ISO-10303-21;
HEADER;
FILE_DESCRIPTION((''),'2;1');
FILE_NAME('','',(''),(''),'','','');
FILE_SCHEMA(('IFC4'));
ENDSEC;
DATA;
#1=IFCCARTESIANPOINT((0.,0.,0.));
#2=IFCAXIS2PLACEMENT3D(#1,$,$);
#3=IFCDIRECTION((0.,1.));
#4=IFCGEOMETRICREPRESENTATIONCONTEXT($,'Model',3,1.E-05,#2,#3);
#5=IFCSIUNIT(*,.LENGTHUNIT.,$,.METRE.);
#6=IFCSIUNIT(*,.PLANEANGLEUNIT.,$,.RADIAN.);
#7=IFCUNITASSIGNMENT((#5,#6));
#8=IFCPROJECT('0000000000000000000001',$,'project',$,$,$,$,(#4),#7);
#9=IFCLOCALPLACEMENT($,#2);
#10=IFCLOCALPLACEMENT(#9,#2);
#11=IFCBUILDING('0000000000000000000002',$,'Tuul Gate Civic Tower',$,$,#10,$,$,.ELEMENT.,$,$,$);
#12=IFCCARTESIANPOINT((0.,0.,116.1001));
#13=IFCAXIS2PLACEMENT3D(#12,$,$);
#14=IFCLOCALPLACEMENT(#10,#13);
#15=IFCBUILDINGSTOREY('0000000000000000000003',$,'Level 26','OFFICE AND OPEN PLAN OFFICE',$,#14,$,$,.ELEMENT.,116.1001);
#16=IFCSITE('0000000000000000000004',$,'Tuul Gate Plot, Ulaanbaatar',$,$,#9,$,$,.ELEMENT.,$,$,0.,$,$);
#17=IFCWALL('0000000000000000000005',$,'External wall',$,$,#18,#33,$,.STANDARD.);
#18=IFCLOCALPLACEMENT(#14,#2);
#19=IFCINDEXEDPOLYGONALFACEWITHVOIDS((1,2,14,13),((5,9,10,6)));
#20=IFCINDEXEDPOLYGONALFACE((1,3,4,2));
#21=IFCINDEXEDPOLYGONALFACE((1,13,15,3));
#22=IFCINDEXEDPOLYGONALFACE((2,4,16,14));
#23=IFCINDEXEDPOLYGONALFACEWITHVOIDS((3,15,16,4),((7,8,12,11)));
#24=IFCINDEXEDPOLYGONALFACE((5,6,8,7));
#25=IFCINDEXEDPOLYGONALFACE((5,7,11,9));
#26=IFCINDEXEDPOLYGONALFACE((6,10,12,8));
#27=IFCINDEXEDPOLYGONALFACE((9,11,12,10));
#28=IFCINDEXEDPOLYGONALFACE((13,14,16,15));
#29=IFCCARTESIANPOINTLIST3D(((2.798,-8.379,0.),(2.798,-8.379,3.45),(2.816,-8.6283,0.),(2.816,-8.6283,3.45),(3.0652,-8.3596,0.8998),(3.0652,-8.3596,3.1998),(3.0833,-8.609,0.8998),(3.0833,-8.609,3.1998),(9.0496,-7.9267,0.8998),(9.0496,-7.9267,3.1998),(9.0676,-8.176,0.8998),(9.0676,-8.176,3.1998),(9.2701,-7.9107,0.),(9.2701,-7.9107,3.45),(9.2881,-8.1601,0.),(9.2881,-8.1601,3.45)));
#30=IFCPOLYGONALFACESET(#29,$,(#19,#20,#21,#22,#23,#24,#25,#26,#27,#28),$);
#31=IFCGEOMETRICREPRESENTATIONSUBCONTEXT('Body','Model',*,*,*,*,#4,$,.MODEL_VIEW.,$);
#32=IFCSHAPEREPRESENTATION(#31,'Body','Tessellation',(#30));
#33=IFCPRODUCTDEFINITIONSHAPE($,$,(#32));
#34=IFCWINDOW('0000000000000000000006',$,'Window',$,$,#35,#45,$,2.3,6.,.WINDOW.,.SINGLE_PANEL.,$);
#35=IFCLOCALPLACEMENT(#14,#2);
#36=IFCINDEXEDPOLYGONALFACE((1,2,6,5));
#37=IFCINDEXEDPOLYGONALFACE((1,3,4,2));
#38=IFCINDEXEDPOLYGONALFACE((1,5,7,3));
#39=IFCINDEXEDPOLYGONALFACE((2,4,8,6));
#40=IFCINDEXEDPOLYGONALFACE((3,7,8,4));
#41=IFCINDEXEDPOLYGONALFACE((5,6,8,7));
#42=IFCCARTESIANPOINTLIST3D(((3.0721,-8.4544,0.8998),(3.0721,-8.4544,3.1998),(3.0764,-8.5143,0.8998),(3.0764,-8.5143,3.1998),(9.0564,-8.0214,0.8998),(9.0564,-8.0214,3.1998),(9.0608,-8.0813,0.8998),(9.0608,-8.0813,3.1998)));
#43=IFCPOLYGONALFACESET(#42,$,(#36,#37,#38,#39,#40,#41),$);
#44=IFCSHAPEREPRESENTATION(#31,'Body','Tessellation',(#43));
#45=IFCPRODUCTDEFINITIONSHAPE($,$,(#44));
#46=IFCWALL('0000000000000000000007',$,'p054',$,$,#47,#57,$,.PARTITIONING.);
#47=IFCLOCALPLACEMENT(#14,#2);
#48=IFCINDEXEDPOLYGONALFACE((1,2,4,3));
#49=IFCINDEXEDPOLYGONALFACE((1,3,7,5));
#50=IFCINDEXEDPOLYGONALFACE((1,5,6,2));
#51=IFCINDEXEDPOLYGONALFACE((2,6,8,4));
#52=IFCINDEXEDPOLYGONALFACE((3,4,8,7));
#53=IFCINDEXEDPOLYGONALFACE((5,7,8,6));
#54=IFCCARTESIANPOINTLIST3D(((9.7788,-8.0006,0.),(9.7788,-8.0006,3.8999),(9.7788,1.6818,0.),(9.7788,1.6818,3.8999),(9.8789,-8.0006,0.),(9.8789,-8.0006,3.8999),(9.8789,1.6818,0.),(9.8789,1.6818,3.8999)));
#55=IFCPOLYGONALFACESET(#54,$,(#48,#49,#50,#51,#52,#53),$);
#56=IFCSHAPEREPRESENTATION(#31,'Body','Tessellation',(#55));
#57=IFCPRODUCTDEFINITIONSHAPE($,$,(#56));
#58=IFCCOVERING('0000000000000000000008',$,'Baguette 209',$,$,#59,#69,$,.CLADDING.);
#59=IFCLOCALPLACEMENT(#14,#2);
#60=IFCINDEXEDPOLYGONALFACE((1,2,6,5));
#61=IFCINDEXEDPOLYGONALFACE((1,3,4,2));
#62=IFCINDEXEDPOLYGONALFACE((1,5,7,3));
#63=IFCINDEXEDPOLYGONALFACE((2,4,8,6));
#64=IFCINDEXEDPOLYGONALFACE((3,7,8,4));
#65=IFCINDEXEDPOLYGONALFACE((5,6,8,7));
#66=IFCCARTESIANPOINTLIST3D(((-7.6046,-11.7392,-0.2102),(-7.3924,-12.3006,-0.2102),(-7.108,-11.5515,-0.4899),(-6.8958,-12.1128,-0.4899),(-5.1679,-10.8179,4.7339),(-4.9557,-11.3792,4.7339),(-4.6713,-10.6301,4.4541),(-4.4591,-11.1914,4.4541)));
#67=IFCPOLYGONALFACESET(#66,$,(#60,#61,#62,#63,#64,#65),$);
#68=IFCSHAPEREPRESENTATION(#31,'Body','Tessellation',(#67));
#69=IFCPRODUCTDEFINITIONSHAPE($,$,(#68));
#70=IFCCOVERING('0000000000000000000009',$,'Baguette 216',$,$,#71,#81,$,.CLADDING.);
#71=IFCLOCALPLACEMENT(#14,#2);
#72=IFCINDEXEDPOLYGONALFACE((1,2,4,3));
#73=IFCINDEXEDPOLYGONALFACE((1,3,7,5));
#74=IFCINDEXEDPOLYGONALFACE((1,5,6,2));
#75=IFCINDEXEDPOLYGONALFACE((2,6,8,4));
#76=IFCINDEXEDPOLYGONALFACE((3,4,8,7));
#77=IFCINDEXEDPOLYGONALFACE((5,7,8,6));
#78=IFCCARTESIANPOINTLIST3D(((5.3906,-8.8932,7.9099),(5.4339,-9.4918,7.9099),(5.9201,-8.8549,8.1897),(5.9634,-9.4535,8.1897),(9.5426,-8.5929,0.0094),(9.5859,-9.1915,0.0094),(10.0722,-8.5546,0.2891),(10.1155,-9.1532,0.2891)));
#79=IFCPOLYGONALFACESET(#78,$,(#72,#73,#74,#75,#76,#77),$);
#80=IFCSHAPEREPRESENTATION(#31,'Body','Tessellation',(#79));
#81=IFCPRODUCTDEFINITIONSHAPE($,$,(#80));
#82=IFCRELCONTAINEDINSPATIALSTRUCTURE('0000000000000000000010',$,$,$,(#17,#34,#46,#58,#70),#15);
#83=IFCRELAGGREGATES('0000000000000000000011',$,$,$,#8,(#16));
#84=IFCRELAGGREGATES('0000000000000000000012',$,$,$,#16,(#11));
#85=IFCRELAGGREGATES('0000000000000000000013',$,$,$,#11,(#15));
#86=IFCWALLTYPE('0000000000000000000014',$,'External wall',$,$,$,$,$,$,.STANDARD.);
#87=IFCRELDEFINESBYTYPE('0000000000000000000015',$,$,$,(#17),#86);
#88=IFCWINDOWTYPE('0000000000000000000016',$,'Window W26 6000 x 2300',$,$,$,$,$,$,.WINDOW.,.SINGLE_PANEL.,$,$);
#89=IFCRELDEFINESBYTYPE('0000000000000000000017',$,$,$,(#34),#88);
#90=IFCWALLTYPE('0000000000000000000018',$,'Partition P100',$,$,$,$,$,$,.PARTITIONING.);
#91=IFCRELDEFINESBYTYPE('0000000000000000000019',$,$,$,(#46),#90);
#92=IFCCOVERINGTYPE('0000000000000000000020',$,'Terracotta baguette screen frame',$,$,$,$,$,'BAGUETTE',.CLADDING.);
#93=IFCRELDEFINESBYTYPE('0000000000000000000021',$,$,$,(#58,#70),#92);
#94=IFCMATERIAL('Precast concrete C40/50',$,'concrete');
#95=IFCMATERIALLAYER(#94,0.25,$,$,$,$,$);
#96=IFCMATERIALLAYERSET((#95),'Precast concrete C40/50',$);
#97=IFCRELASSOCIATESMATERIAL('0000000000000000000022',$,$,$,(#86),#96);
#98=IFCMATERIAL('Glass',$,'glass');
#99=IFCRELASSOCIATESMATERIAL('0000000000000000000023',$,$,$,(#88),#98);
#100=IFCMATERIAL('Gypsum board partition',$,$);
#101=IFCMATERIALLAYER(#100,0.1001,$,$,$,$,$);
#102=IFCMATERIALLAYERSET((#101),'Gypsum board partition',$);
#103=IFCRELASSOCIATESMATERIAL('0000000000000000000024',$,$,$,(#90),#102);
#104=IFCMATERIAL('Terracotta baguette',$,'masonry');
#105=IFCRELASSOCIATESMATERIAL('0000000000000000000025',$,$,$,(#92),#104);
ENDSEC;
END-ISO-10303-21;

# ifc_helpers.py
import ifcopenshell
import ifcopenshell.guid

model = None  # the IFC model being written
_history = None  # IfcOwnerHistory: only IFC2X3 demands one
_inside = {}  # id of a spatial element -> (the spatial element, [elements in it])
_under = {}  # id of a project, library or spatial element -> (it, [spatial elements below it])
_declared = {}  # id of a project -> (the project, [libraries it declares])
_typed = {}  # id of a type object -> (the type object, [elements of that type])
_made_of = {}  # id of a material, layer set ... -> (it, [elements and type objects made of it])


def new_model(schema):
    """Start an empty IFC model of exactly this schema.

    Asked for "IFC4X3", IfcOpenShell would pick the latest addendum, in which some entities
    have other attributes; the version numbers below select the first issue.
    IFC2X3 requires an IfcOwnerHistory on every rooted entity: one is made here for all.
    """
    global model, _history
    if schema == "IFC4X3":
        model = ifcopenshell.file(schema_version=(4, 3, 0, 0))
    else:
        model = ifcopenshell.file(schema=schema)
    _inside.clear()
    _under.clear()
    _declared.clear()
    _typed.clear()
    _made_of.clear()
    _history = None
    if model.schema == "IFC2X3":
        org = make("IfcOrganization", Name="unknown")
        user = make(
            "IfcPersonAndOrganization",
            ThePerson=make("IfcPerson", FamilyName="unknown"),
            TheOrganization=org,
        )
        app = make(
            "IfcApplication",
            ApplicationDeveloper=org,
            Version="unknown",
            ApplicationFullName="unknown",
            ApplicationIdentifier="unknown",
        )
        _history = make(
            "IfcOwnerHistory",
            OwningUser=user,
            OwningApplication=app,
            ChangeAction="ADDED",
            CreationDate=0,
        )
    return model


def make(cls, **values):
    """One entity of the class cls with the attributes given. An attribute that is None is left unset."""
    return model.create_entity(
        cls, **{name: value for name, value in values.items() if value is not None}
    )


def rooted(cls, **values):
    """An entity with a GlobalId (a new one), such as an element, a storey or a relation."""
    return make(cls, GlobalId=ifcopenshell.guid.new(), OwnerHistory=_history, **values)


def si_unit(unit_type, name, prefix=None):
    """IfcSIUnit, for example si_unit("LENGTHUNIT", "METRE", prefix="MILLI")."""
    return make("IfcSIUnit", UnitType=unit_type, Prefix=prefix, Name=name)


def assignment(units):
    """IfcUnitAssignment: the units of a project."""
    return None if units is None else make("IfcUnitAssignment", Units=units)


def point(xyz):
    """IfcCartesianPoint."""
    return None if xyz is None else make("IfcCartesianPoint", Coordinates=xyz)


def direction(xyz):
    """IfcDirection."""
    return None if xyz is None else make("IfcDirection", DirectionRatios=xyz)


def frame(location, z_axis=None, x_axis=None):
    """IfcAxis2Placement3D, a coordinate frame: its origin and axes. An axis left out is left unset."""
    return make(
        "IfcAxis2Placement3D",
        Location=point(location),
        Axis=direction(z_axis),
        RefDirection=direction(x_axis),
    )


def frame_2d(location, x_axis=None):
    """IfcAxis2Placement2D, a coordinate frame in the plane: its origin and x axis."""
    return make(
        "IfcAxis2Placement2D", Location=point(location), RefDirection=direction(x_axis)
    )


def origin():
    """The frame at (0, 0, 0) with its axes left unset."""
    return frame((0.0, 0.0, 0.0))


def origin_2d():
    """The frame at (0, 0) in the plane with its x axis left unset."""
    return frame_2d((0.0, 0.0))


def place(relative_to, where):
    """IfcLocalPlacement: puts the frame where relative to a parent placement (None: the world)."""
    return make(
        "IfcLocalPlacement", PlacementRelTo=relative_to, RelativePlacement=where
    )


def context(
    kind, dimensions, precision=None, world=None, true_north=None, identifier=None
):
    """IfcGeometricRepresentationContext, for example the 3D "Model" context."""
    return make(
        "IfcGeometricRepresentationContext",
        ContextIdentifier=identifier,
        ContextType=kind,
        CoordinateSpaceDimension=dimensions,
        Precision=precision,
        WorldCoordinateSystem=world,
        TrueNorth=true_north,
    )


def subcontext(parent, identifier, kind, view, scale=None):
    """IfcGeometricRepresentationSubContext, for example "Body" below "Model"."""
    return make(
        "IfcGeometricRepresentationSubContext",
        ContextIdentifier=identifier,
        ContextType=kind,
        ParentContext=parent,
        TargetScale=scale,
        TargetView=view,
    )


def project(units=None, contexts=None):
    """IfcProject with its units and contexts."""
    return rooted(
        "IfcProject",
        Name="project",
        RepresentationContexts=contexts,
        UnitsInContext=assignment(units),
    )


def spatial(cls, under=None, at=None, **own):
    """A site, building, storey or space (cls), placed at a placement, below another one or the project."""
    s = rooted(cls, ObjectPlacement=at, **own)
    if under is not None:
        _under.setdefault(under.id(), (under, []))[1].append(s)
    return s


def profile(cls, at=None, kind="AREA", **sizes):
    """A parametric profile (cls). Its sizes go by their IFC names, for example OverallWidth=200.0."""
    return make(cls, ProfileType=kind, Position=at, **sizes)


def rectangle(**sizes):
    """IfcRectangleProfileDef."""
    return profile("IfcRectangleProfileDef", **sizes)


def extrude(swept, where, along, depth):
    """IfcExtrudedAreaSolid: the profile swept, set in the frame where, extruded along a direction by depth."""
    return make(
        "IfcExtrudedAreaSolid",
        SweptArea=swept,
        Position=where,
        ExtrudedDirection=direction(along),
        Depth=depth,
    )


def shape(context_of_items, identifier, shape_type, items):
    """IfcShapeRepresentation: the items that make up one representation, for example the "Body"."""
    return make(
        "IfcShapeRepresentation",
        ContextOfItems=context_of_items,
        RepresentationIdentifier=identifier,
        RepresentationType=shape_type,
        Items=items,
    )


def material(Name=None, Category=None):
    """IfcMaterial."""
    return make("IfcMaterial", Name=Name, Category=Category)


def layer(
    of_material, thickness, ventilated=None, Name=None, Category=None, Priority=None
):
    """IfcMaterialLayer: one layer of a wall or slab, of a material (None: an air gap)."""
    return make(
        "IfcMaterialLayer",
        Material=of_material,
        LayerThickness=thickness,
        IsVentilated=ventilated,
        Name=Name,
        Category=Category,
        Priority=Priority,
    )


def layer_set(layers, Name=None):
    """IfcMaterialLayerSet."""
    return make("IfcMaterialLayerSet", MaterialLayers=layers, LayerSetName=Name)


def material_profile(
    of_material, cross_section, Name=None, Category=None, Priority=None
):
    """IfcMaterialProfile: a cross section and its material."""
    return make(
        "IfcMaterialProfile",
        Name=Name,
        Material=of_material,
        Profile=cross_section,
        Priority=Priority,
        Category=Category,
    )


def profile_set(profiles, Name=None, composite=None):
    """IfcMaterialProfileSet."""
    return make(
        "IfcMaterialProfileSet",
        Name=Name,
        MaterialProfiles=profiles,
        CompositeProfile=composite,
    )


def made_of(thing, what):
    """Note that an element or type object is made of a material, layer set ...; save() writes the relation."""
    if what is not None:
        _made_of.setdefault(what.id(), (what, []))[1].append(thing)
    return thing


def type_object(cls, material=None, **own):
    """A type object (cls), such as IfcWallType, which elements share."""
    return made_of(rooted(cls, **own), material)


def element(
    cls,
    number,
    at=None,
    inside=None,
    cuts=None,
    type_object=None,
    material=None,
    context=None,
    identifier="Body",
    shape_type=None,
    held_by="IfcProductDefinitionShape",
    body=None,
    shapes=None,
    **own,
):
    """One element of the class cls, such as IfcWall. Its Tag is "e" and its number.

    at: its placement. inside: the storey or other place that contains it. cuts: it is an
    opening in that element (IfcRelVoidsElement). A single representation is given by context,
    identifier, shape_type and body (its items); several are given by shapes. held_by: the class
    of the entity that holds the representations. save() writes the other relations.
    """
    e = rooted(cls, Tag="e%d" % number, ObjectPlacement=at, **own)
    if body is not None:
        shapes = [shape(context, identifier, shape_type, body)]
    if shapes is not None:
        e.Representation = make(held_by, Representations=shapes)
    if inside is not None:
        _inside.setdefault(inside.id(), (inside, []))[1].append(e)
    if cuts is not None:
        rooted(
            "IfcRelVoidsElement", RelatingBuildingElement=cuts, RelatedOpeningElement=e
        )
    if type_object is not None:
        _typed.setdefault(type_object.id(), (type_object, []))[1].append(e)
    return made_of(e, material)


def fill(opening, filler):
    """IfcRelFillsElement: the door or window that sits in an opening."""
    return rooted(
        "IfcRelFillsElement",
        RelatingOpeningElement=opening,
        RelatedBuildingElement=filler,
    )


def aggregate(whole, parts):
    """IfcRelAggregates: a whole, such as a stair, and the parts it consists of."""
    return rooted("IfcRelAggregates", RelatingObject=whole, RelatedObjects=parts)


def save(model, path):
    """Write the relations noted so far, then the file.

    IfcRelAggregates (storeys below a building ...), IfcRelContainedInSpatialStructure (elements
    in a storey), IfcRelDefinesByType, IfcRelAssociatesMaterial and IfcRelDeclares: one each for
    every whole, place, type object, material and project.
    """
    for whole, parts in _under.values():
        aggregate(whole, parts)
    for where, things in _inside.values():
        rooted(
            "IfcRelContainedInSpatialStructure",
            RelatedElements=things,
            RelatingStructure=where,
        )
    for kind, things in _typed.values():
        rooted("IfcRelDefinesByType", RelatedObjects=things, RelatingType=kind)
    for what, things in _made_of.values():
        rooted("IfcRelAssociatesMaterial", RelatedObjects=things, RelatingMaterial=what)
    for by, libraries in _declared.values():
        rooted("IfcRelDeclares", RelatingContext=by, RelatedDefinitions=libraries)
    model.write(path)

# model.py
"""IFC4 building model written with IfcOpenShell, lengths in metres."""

from ifc_helpers import new_model, si_unit, direction, frame, frame_2d, origin, origin_2d, place, context, subcontext, project, spatial, rectangle, extrude, material, layer, layer_set, material_profile, profile_set, type_object, element, fill, save


model = new_model("IFC4")

# Units and contexts
model_context = context("Model", 3, precision=1e-05, world=origin(), true_north=direction((0.0, 1.0)))
body_context = subcontext(model_context, "Body", "Model", "MODEL_VIEW")
ifc_project = project(units=[si_unit("LENGTHUNIT", "METRE"), si_unit("PLANEANGLEUNIT", "RADIAN")], contexts=[model_context])

# Site, building, storey
site_placement = place(None, origin())
site = spatial("IfcSite", under=ifc_project, at=site_placement, Name="Tuul Gate Plot, Ulaanbaatar", CompositionType="ELEMENT", RefElevation=0.0)
building_placement = place(site_placement, origin())
building = spatial("IfcBuilding", under=site, at=building_placement, Name="Tuul Gate Civic Tower", CompositionType="ELEMENT")
storey_placement = place(building_placement, frame((0.0, 0.0, 116.1001)))
storey = spatial("IfcBuildingStorey", under=building, at=storey_placement, Name="Level 26", Description="OFFICE AND OPEN PLAN OFFICE", CompositionType="ELEMENT", Elevation=116.1001)

# Wall, opening, window
ifc_material_1 = material(Name="Precast concrete C40/50", Category="concrete")
ifc_layer_1 = layer(ifc_material_1, 0.25)
ifc_layer_set_1 = layer_set([ifc_layer_1], Name="Precast concrete C40/50")
wall_type_1 = type_object("IfcWallType", Name="External wall", PredefinedType="STANDARD", material=ifc_layer_set_1)
ifc_material_2 = material(Name="Glass", Category="glass")
window_type = type_object("IfcWindowType", Name="Window W26 6000 x 2300", PartitioningType="SINGLE_PANEL", PredefinedType="WINDOW", material=ifc_material_2)
wall_1_placement = place(storey_placement, frame((2.8069, -8.5037, 0.0), z_axis=(0.0, 0.0, 1.0), x_axis=(0.997393, 0.072161, 0.0)))
wall_1 = element("IfcWall", 1, at=wall_1_placement, inside=storey, type_object=wall_type_1, Name="External wall", PredefinedType="STANDARD", context=body_context, shape_type="SweptSolid", body=[
    extrude(rectangle(XDim=6.489, YDim=0.25, at=frame_2d((3.2446, 0.0))), origin(), (0.0, 0.0, 1.0), 3.45),
])
opening_1_placement = place(wall_1_placement, frame((0.2681, 0.0, 0.8999)))
opening_1 = element("IfcOpeningElement", 2, at=opening_1_placement, cuts=wall_1, PredefinedType="OPENING", context=body_context, shape_type="SweptSolid", body=[
    extrude(rectangle(XDim=6.0, YDim=2.3, at=frame_2d((3.0, 1.1499))), frame((0.0, 0.135, 0.0), z_axis=(0.0, -1.0, 0.0), x_axis=(1.0, 0.0, 0.0)), (0.0, 0.0, 1.0), 0.27),
])
window_1_placement = place(opening_1_placement, origin())
window_1 = element("IfcWindow", 3, at=window_1_placement, inside=storey, type_object=window_type, Name="Window", OverallHeight=2.3, OverallWidth=6.0, PartitioningType="SINGLE_PANEL", PredefinedType="WINDOW", context=body_context, shape_type="SweptSolid", body=[
    extrude(rectangle(XDim=6.0, YDim=2.3, at=frame_2d((3.0, 1.1499))), frame((0.0, 0.03, 0.0), z_axis=(0.0, -1.0, 0.0), x_axis=(1.0, 0.0, 0.0)), (0.0, 0.0, 1.0), 0.0601),
])
fill(opening_1, window_1)

# Wall
ifc_material_3 = material(Name="Gypsum board partition")
ifc_layer_2 = layer(ifc_material_3, 0.1001)
ifc_layer_set_2 = layer_set([ifc_layer_2], Name="Gypsum board partition")
wall_type_2 = type_object("IfcWallType", Name="Partition P100", PredefinedType="PARTITIONING", material=ifc_layer_set_2)
wall_2_placement = place(storey_placement, frame((9.8289, -8.0007, 0.0), z_axis=(0.0, 0.0, 1.0), x_axis=(0.0, 1.0, 0.0)))
element("IfcWall", 4, at=wall_2_placement, inside=storey, type_object=wall_type_2, Name="p054", PredefinedType="PARTITIONING", context=body_context, shape_type="SweptSolid", body=[
    extrude(rectangle(XDim=9.6824, YDim=0.1001, at=frame_2d((4.8413, 0.0))), origin(), (0.0, 0.0, 1.0), 3.8999),
])

# Coverings
ifc_material_4 = material(Name="Terracotta baguette", Category="masonry")
ifc_material_profile_1 = material_profile(ifc_material_4, rectangle(XDim=0.6001, YDim=0.6001, at=origin_2d()), Name="Terracotta baguette screen frame")
ifc_profile_set_1 = profile_set([ifc_material_profile_1], Name="Terracotta baguette")
covering_type = type_object("IfcCoveringType", Name="Terracotta baguette screen frame", ElementType="BAGUETTE", PredefinedType="CLADDING", material=ifc_profile_set_1)
covering_1_placement = place(storey_placement, frame((-4.8135, -11.0046, 4.594), z_axis=(-0.436036, -0.164873, -0.884697), x_axis=(0.353679, -0.935367, 0.0)))
element("IfcCovering", 5, at=covering_1_placement, inside=storey, type_object=covering_type, Name="Baguette 209", PredefinedType="CLADDING", context=body_context, shape_type="SweptSolid", body=[
    extrude(rectangle(XDim=0.6001, YDim=0.6001, at=origin_2d()), origin(), (0.0, 0.0, 1.0), 5.5884),
])
covering_2_placement = place(storey_placement, frame((5.677, -9.1733, 8.0498), z_axis=(0.464945, 0.033626, -0.8847), x_axis=(-0.072135, 0.997395, 0.0)))
element("IfcCovering", 6, at=covering_2_placement, inside=storey, type_object=covering_type, Name="Baguette 216", PredefinedType="CLADDING", context=body_context, shape_type="SweptSolid", body=[
    extrude(rectangle(XDim=0.6001, YDim=0.6001, at=origin_2d()), origin(), (0.0, 0.0, 1.0), 8.9302),
])

save(model, "model.ifc")
